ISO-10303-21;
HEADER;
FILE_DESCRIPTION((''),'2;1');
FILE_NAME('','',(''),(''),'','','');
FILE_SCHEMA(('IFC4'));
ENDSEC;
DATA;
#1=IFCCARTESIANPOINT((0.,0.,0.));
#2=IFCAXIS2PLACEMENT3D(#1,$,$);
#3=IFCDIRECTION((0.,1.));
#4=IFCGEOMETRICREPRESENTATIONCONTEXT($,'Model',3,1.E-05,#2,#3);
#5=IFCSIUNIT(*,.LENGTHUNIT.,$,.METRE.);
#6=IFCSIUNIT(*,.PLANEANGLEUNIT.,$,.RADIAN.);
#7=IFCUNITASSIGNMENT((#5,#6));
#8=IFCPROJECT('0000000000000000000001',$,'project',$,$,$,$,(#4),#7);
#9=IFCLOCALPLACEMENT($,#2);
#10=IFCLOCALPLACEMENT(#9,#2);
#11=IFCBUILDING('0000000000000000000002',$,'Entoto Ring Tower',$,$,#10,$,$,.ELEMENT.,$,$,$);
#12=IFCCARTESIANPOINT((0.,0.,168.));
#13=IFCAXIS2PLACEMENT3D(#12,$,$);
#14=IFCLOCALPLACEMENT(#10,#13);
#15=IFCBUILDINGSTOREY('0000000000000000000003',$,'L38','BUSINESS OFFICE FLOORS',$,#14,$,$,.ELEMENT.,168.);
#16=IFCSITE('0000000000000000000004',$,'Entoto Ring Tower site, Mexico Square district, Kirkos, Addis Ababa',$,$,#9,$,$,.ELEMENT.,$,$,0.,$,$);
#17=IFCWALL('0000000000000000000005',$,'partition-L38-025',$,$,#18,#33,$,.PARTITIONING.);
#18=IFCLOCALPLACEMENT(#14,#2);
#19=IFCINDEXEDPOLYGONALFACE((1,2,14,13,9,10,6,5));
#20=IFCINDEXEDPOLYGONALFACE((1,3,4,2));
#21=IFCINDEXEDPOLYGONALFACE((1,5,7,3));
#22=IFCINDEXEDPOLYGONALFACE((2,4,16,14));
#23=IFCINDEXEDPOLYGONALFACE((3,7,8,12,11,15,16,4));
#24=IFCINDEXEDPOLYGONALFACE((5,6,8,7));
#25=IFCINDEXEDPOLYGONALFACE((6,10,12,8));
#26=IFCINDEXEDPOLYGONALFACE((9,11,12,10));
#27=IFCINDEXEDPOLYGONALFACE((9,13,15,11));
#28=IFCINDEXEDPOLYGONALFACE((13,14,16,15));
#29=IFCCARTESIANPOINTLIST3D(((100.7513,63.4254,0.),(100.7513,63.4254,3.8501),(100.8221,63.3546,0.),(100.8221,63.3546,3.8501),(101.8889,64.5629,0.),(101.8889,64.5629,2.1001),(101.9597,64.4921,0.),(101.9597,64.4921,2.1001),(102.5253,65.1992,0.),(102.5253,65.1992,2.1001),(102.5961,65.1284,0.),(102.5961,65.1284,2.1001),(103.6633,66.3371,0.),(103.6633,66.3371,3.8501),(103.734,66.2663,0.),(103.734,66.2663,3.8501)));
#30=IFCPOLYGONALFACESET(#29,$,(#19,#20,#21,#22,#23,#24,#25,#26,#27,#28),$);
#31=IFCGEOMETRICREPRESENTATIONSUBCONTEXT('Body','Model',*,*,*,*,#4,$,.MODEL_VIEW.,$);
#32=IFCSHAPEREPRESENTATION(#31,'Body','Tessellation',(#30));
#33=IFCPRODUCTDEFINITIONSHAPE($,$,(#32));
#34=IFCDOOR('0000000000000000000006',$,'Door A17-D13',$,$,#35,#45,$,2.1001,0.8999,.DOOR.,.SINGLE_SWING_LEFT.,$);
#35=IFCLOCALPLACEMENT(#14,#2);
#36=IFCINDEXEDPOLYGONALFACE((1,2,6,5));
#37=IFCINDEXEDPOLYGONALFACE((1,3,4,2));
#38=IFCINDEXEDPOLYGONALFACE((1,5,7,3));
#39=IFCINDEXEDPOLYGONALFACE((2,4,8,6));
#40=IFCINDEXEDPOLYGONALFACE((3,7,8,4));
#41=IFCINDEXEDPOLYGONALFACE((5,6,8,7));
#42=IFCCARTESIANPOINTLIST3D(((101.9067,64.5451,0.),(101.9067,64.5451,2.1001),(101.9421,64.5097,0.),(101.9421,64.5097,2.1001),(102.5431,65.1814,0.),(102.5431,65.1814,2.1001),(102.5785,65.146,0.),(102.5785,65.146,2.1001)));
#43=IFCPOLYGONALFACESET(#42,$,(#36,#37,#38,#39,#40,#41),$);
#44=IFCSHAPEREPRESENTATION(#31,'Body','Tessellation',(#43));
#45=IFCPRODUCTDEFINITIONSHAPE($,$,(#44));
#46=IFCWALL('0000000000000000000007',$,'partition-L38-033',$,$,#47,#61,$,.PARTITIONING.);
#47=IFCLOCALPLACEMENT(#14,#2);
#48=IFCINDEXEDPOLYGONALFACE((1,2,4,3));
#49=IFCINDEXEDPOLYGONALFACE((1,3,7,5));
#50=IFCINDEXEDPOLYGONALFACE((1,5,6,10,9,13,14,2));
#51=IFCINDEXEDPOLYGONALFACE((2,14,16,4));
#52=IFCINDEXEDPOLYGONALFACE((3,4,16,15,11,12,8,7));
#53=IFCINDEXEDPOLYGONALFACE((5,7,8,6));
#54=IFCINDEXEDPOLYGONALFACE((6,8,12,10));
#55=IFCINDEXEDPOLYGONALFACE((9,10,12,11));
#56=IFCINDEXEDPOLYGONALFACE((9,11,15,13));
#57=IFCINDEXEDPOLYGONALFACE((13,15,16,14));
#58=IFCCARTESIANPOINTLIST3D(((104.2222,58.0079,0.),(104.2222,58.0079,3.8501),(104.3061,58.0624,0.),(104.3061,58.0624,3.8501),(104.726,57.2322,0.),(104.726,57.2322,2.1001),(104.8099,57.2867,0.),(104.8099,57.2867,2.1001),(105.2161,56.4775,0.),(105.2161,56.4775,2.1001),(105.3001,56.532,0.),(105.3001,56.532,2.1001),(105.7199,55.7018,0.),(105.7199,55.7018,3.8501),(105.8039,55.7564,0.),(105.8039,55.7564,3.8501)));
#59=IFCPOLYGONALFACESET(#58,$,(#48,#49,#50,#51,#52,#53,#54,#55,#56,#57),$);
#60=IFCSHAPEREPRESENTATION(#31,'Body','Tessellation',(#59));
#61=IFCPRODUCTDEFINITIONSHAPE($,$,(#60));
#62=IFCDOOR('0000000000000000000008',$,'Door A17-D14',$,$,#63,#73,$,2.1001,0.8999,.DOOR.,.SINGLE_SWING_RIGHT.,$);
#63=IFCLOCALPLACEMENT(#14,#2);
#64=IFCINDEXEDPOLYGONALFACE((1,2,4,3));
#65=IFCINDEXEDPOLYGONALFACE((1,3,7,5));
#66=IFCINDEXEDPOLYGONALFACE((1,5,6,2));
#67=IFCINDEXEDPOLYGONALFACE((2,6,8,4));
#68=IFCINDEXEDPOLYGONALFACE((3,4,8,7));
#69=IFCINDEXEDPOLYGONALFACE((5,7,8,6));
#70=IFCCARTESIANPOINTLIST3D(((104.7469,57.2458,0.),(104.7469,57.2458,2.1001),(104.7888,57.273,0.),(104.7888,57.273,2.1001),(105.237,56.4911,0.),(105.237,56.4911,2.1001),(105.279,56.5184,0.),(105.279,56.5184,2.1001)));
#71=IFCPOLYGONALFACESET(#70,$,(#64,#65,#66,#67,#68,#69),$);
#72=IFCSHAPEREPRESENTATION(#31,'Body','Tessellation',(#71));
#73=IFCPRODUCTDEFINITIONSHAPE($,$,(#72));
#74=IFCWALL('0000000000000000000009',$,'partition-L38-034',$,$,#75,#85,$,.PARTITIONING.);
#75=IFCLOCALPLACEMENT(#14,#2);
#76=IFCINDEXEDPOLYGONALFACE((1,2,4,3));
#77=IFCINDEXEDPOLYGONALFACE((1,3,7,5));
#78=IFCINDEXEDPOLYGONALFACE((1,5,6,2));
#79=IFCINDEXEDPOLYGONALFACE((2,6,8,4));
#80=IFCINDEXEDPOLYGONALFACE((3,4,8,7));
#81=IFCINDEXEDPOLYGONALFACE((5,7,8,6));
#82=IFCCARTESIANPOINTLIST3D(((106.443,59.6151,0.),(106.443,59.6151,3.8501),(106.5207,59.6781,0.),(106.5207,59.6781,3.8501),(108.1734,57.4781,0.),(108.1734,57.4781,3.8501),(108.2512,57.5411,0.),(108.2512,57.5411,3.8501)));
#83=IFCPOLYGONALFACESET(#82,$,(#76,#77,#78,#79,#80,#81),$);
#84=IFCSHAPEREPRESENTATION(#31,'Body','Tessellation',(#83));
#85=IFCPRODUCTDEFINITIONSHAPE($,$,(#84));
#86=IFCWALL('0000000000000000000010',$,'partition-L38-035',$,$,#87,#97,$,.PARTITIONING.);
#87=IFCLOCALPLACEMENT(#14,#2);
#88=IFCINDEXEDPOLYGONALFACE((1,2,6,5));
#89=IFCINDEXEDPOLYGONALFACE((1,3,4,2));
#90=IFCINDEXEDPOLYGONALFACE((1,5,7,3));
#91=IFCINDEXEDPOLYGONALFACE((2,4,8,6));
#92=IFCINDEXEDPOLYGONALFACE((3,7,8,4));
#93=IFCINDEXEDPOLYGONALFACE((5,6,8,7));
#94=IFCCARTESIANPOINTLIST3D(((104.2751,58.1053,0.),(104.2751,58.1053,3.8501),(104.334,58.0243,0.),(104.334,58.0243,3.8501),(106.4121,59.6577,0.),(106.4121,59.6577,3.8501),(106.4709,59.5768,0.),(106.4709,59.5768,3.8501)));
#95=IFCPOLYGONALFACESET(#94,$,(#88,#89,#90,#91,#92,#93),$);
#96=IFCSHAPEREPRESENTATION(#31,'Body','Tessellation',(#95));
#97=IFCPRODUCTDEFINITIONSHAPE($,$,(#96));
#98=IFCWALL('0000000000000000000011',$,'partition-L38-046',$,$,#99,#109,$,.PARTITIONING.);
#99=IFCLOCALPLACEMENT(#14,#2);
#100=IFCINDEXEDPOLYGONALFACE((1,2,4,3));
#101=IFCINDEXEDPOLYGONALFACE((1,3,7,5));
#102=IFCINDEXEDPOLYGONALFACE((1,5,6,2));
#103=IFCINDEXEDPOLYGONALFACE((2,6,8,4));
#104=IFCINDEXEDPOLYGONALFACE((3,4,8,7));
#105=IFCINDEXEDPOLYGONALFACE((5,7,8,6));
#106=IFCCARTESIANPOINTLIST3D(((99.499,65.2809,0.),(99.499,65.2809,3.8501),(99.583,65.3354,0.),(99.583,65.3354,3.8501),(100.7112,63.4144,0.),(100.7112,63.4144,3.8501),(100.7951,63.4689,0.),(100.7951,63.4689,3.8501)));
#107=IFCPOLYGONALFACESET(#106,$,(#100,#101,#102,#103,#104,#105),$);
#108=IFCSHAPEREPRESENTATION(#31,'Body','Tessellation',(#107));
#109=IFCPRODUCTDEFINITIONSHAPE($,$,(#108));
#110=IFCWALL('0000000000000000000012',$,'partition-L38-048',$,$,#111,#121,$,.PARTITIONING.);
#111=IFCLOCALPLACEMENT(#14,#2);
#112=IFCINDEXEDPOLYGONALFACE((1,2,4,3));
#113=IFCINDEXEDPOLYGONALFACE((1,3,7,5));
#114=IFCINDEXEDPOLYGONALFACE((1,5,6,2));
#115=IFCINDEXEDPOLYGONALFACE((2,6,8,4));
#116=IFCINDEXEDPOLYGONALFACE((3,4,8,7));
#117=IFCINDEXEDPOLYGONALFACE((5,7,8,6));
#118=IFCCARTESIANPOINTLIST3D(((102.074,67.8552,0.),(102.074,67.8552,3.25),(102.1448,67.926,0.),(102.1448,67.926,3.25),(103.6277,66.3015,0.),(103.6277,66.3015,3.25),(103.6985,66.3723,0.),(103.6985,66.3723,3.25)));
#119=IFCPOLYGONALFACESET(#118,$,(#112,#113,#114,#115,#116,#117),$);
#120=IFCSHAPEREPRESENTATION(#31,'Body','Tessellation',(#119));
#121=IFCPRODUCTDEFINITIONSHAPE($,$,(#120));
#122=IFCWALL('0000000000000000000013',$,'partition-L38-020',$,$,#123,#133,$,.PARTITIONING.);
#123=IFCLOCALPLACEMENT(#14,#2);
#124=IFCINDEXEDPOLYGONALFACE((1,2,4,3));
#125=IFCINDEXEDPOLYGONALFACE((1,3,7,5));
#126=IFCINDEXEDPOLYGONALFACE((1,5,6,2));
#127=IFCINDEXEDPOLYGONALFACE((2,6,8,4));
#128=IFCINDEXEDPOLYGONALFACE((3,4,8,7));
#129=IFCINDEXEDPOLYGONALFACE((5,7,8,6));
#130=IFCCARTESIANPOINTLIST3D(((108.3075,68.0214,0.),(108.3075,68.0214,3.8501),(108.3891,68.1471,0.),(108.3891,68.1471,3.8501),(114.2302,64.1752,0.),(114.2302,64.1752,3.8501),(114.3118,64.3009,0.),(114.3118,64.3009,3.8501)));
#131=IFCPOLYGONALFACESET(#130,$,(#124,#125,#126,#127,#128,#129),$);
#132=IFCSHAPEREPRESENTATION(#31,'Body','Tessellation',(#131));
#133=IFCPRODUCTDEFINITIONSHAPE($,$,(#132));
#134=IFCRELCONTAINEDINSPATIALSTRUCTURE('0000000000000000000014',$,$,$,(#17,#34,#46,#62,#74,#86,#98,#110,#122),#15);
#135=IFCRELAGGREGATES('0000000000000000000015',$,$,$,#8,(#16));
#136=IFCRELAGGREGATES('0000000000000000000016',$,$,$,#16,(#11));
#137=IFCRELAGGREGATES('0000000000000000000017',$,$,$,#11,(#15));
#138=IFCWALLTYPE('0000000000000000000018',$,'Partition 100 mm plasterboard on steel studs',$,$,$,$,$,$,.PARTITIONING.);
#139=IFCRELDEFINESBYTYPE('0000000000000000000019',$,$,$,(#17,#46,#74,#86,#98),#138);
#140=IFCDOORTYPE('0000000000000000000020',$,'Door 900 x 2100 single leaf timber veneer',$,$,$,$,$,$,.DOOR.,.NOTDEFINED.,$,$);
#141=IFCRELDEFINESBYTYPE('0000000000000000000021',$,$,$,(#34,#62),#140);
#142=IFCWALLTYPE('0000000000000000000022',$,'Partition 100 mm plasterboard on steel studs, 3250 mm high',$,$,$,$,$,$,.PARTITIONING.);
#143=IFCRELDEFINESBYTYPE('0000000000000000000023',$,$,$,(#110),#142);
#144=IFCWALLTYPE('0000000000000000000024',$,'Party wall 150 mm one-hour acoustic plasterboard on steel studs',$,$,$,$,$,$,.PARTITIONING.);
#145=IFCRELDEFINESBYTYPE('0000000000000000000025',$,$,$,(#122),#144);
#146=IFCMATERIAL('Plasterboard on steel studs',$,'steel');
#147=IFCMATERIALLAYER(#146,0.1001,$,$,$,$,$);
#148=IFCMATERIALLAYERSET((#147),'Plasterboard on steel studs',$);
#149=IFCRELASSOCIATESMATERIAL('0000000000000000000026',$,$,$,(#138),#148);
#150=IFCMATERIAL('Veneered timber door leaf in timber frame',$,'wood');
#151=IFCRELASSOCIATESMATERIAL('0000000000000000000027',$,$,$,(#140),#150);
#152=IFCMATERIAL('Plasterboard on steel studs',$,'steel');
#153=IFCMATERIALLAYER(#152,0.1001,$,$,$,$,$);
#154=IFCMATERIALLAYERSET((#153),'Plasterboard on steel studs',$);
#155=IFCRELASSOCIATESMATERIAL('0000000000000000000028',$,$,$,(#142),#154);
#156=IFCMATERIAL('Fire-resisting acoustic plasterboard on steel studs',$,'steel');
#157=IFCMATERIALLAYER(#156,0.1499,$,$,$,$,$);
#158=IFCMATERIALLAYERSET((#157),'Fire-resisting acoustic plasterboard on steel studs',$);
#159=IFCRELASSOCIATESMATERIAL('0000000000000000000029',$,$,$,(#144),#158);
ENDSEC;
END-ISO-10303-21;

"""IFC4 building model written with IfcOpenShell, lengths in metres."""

from ifc_helpers import new_model, si_unit, direction, frame, frame_2d, origin, place, context, subcontext, project, spatial, rectangle, extrude, material, layer, layer_set, type_object, element, fill, save


model = new_model("IFC4")

# Units and contexts
model_context = context("Model", 3, precision=1e-05, world=origin(), true_north=direction((0.0, 1.0)))
body_context = subcontext(model_context, "Body", "Model", "MODEL_VIEW")
ifc_project = project(units=[si_unit("LENGTHUNIT", "METRE"), si_unit("PLANEANGLEUNIT", "RADIAN")], contexts=[model_context])

# Site, building, storey
site_placement = place(None, origin())
site = spatial("IfcSite", under=ifc_project, at=site_placement, Name="Entoto Ring Tower site, Mexico Square district, Kirkos, Addis Ababa", CompositionType="ELEMENT", RefElevation=0.0)
building_placement = place(site_placement, origin())
building = spatial("IfcBuilding", under=site, at=building_placement, Name="Entoto Ring Tower", CompositionType="ELEMENT")
storey_placement = place(building_placement, frame((0.0, 0.0, 168.0)))
storey = spatial("IfcBuildingStorey", under=building, at=storey_placement, Name="L38", Description="BUSINESS OFFICE FLOORS", CompositionType="ELEMENT", Elevation=168.0)

# Walls, openings, doors
ifc_material_1 = material(Name="Plasterboard on steel studs", Category="steel")
ifc_layer_1 = layer(ifc_material_1, 0.1001)
ifc_layer_set_1 = layer_set([ifc_layer_1], Name="Plasterboard on steel studs")
wall_type_1 = type_object("IfcWallType", Name="Partition 100 mm plasterboard on steel studs", PredefinedType="PARTITIONING", material=ifc_layer_set_1)
wall_1_placement = place(storey_placement, frame((100.7866, 63.3899, 0.0), z_axis=(0.0, 0.0, 1.0), x_axis=(0.707136, 0.707077, 0.0)))
wall_1 = element("IfcWall", 1, at=wall_1_placement, inside=storey, type_object=wall_type_1, Name="partition-L38-025", PredefinedType="PARTITIONING", context=body_context, shape_type="SweptSolid", body=[
    extrude(rectangle(XDim=4.1179, YDim=0.1001, at=frame_2d((2.0591, 0.0))), origin(), (0.0, 0.0, 1.0), 3.8501),
])
opening_1_placement = place(wall_1_placement, frame((1.6089, 0.0, 0.0)))
opening_1 = element("IfcOpeningElement", 2, at=opening_1_placement, cuts=wall_1, PredefinedType="OPENING", context=body_context, shape_type="SweptSolid", body=[
    extrude(rectangle(XDim=0.8999, YDim=2.1001, at=frame_2d((0.45, 1.05))), frame((0.0, 0.0601, 0.0), z_axis=(0.0, -1.0, 0.0), x_axis=(1.0, 0.0, 0.0)), (0.0, 0.0, 1.0), 0.1201),
])
ifc_material_2 = material(Name="Veneered timber door leaf in timber frame", Category="wood")
door_type_1 = type_object("IfcDoorType", Name="Door 900 x 2100 single leaf timber veneer", OperationType="NOTDEFINED", PredefinedType="DOOR", material=ifc_material_2)
door_1_placement = place(opening_1_placement, origin())
door_1 = element("IfcDoor", 3, at=door_1_placement, inside=storey, type_object=door_type_1, Name="Door A17-D13", OperationType="SINGLE_SWING_LEFT", OverallHeight=2.1001, OverallWidth=0.8999, PredefinedType="DOOR", context=body_context, shape_type="SweptSolid", body=[
    extrude(rectangle(XDim=0.8999, YDim=2.1001, at=frame_2d((0.45, 1.05))), frame((0.0, 0.0249, 0.0), z_axis=(0.0, -1.0, 0.0), x_axis=(1.0, 0.0, 0.0)), (0.0, 0.0, 1.0), 0.05),
])
fill(opening_1, door_1)
wall_2_placement = place(storey_placement, frame((105.762, 55.729, 0.0), z_axis=(0.0, 0.0, 1.0), x_axis=(-0.544682, 0.838642, 0.0)))
wall_2 = element("IfcWall", 4, at=wall_2_placement, inside=storey, type_object=wall_type_1, Name="partition-L38-033", PredefinedType="PARTITIONING", context=body_context, shape_type="SweptSolid", body=[
    extrude(rectangle(XDim=2.7498, YDim=0.1001, at=frame_2d((1.375, 0.0))), origin(), (0.0, 0.0, 1.0), 3.8501),
])
opening_2_placement = place(wall_2_placement, frame((0.925, 0.0, 0.0)))
opening_2 = element("IfcOpeningElement", 5, at=opening_2_placement, cuts=wall_2, PredefinedType="OPENING", context=body_context, shape_type="SweptSolid", body=[
    extrude(rectangle(XDim=0.8999, YDim=2.1001, at=frame_2d((0.45, 1.05))), frame((0.0, 0.0601, 0.0), z_axis=(0.0, -1.0, 0.0), x_axis=(1.0, 0.0, 0.0)), (0.0, 0.0, 1.0), 0.1201),
])
door_2_placement = place(opening_2_placement, frame((0.8999, 0.0, 0.0), z_axis=(0.0, 0.0, 1.0), x_axis=(-1.0, 0.0, 0.0)))
door_2 = element("IfcDoor", 6, at=door_2_placement, inside=storey, type_object=door_type_1, Name="Door A17-D14", OperationType="SINGLE_SWING_RIGHT", OverallHeight=2.1001, OverallWidth=0.8999, PredefinedType="DOOR", context=body_context, shape_type="SweptSolid", body=[
    extrude(rectangle(XDim=0.8999, YDim=2.1001, at=frame_2d((0.45, 1.05))), frame((0.0, 0.0249, 0.0), z_axis=(0.0, -1.0, 0.0), x_axis=(1.0, 0.0, 0.0)), (0.0, 0.0, 1.0), 0.05),
])
fill(opening_2, door_2)

# Walls
wall_3_placement = place(storey_placement, frame((108.2124, 57.5095, 0.0), z_axis=(0.0, 0.0, 1.0), x_axis=(-0.629318, 0.777148, 0.0)))
element("IfcWall", 7, at=wall_3_placement, inside=storey, type_object=wall_type_1, Name="partition-L38-034", PredefinedType="PARTITIONING", context=body_context, shape_type="SweptSolid", body=[
    extrude(rectangle(XDim=2.7498, YDim=0.1001, at=frame_2d((1.375, 0.0))), origin(), (0.0, 0.0, 1.0), 3.8501),
])
wall_4_placement = place(storey_placement, frame((104.3044, 58.0647, 0.0), z_axis=(0.0, 0.0, 1.0), x_axis=(0.809036, 0.587759, 0.0)))
element("IfcWall", 8, at=wall_4_placement, inside=storey, type_object=wall_type_1, Name="partition-L38-035", PredefinedType="PARTITIONING", context=body_context, shape_type="SweptSolid", body=[
    extrude(rectangle(XDim=2.6414, YDim=0.1001, at=frame_2d((1.3208, 0.0))), origin(), (0.0, 0.0, 1.0), 3.8501),
])
wall_5_placement = place(storey_placement, frame((100.7532, 63.4417, 0.0), z_axis=(0.0, 0.0, 1.0), x_axis=(-0.544661, 0.838657, 0.0)))
element("IfcWall", 9, at=wall_5_placement, inside=storey, type_object=wall_type_1, Name="partition-L38-046", PredefinedType="PARTITIONING", context=body_context, shape_type="SweptSolid", body=[
    extrude(rectangle(XDim=2.2256, YDim=0.1001, at=frame_2d((1.1128, 0.0))), origin(), (0.0, 0.0, 1.0), 3.8501),
])
ifc_material_3 = material(Name="Plasterboard on steel studs", Category="steel")
ifc_layer_2 = layer(ifc_material_3, 0.1001)
ifc_layer_set_2 = layer_set([ifc_layer_2], Name="Plasterboard on steel studs")
wall_type_2 = type_object("IfcWallType", Name="Partition 100 mm plasterboard on steel studs, 3250 mm high", PredefinedType="PARTITIONING", material=ifc_layer_set_2)
wall_6_placement = place(storey_placement, frame((103.6631, 66.3369, 0.0), z_axis=(0.0, 0.0, 1.0), x_axis=(-0.707107, 0.707107, 0.0)))
element("IfcWall", 10, at=wall_6_placement, inside=storey, type_object=wall_type_2, Name="partition-L38-048", PredefinedType="PARTITIONING", context=body_context, shape_type="SweptSolid", body=[
    extrude(rectangle(XDim=2.1973, YDim=0.1001, at=frame_2d((1.0986, 0.0))), origin(), (0.0, 0.0, 1.0), 3.25),
])
ifc_material_4 = material(Name="Fire-resisting acoustic plasterboard on steel studs", Category="steel")
ifc_layer_3 = layer(ifc_material_4, 0.1499)
ifc_layer_set_3 = layer_set([ifc_layer_3], Name="Fire-resisting acoustic plasterboard on steel studs")
wall_type_3 = type_object("IfcWallType", Name="Party wall 150 mm one-hour acoustic plasterboard on steel studs", PredefinedType="PARTITIONING", material=ifc_layer_set_3)
wall_7_placement = place(storey_placement, frame((114.271, 64.238, 0.0), z_axis=(0.0, 0.0, 1.0), x_axis=(-0.83867, 0.54464, 0.0)))
element("IfcWall", 11, at=wall_7_placement, inside=storey, type_object=wall_type_3, Name="partition-L38-020", PredefinedType="PARTITIONING", context=body_context, shape_type="SweptSolid", body=[
    extrude(rectangle(XDim=7.062, YDim=0.1499, at=frame_2d((3.531, 0.0))), origin(), (0.0, 0.0, 1.0), 3.8501),
])

save(model, "model.ifc")
